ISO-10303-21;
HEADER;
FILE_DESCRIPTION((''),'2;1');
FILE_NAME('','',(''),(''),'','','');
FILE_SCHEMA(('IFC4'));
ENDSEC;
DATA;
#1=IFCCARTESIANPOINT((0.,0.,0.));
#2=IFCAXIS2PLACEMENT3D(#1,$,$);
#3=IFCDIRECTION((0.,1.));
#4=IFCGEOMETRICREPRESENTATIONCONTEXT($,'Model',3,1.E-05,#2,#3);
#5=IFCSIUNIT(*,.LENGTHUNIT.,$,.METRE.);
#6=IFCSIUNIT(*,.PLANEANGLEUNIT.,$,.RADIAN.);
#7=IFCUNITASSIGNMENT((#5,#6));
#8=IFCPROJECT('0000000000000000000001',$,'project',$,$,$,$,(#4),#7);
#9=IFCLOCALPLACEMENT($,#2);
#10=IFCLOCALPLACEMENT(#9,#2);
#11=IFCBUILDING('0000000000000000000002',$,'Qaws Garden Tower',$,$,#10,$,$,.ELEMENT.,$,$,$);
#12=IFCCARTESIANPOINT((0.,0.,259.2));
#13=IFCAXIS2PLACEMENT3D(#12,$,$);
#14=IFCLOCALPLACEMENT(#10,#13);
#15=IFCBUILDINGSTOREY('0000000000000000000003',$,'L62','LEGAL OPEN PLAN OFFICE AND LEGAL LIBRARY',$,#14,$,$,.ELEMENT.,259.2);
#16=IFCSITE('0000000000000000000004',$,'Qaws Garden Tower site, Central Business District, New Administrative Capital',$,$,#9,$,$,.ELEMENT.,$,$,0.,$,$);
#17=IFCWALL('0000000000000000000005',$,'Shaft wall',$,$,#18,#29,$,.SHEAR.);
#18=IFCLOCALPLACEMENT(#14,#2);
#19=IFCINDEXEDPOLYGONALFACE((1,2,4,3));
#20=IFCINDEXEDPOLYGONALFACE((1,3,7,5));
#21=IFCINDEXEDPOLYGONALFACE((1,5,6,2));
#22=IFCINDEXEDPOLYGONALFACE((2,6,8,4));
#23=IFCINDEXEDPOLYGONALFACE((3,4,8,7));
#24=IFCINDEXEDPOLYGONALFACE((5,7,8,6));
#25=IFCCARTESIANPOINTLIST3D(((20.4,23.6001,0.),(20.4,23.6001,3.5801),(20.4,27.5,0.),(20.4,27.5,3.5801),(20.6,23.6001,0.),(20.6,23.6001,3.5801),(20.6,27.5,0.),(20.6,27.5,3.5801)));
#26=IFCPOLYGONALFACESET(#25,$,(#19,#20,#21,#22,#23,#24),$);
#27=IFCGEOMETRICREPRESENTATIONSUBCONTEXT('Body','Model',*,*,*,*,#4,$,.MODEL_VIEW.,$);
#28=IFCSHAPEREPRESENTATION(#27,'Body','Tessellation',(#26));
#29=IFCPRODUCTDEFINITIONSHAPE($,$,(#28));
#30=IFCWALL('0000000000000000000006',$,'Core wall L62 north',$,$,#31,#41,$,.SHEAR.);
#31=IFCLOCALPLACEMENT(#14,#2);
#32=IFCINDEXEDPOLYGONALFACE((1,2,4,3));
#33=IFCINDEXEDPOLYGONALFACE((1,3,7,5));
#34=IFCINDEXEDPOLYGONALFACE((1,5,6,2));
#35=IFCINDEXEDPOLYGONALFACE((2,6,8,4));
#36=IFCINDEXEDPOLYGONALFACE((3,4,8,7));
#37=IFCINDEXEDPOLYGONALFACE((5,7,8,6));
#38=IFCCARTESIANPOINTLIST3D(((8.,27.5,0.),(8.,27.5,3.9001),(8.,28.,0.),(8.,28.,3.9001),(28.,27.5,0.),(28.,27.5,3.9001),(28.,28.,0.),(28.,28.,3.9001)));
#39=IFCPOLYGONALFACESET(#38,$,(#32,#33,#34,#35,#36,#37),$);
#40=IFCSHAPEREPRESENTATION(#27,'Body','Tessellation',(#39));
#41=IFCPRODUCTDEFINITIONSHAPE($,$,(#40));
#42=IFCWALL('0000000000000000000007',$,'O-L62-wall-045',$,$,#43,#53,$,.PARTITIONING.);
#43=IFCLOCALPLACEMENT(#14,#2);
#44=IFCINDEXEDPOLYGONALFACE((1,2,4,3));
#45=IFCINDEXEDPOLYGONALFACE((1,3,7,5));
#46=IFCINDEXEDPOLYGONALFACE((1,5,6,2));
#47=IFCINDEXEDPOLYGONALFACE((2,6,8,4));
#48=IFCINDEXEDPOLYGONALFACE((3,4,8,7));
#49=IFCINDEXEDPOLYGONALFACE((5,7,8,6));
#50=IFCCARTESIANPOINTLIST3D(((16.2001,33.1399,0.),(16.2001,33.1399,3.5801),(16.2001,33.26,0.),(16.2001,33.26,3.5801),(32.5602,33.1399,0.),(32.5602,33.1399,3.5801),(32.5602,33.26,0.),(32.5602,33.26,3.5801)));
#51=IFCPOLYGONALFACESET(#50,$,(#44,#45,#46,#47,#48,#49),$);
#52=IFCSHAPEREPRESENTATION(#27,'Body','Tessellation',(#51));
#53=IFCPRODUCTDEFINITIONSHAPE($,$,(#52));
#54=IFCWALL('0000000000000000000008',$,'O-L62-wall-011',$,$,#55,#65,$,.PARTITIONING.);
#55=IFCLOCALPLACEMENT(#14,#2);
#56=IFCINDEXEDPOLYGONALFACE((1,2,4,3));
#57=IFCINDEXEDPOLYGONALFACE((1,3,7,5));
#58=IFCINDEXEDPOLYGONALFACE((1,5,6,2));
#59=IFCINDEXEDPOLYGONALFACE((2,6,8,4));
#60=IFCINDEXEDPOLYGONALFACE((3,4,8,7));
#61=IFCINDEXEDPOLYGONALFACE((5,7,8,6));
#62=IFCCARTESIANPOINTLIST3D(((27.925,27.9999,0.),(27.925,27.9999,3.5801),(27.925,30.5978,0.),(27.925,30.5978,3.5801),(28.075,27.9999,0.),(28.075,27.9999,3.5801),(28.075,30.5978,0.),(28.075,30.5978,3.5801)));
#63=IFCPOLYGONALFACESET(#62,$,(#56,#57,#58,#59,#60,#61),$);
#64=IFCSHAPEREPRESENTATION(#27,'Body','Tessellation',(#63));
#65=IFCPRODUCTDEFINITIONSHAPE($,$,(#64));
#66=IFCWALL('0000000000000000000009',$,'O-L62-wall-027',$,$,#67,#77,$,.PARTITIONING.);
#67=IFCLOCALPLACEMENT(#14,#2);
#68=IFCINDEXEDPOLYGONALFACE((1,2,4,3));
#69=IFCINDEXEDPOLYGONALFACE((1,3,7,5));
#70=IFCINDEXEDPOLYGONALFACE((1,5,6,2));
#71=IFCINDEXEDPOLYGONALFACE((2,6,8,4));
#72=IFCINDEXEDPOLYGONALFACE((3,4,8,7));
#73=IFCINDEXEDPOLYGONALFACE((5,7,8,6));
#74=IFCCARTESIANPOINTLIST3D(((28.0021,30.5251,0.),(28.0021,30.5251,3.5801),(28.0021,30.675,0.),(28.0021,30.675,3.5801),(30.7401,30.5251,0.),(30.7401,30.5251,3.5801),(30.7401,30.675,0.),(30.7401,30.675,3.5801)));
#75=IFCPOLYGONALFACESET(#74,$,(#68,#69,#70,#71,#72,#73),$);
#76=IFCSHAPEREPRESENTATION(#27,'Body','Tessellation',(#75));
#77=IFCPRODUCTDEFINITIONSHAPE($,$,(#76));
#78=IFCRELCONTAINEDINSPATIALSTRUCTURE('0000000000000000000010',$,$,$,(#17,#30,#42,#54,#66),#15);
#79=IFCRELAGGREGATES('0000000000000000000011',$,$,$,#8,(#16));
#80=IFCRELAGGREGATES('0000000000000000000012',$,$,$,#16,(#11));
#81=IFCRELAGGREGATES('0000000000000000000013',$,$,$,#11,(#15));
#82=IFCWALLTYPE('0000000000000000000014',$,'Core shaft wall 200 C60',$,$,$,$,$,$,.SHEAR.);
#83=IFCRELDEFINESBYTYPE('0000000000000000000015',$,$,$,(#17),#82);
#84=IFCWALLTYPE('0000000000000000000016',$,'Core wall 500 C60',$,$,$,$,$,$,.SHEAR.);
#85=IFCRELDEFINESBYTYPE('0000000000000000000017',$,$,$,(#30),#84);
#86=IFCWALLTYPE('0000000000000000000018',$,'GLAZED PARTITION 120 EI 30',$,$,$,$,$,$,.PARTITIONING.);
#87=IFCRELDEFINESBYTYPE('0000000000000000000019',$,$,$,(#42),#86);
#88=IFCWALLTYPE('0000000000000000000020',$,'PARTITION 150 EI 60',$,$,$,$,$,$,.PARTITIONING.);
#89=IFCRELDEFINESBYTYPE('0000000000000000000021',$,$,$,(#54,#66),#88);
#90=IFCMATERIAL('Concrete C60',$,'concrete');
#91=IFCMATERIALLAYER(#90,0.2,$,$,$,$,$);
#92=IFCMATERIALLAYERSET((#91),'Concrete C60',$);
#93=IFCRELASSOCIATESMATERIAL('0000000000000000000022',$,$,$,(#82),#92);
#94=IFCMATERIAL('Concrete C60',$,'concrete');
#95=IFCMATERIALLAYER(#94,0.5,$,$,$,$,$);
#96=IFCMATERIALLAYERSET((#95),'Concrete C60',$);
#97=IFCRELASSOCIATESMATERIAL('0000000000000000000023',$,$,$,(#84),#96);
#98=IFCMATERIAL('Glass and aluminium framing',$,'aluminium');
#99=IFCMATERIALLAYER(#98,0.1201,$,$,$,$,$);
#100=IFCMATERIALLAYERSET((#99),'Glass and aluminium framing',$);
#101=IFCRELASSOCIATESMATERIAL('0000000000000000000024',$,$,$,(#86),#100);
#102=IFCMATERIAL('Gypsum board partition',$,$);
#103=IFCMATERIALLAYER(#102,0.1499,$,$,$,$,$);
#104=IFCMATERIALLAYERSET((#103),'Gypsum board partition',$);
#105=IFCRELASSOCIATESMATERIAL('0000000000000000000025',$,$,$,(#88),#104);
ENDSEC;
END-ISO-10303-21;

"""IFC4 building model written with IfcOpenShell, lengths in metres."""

from ifc_helpers import new_model, si_unit, direction, frame, frame_2d, origin, place, context, subcontext, project, spatial, rectangle, extrude, material, layer, layer_set, type_object, element, save


model = new_model("IFC4")

# Units and contexts
model_context = context("Model", 3, precision=1e-05, world=origin(), true_north=direction((0.0, 1.0)))
body_context = subcontext(model_context, "Body", "Model", "MODEL_VIEW")
ifc_project = project(units=[si_unit("LENGTHUNIT", "METRE"), si_unit("PLANEANGLEUNIT", "RADIAN")], contexts=[model_context])

# Site, building, storey
site_placement = place(None, origin())
site = spatial("IfcSite", under=ifc_project, at=site_placement, Name="Qaws Garden Tower site, Central Business District, New Administrative Capital", CompositionType="ELEMENT", RefElevation=0.0)
building_placement = place(site_placement, origin())
building = spatial("IfcBuilding", under=site, at=building_placement, Name="Qaws Garden Tower", CompositionType="ELEMENT")
storey_placement = place(building_placement, frame((0.0, 0.0, 259.2)))
storey = spatial("IfcBuildingStorey", under=building, at=storey_placement, Name="L62", Description="LEGAL OPEN PLAN OFFICE AND LEGAL LIBRARY", CompositionType="ELEMENT", Elevation=259.2)

# Shared definitions
ifc_material_1 = material(Name="Concrete C60", Category="concrete")
ifc_layer_1 = layer(ifc_material_1, 0.2)
ifc_layer_set_1 = layer_set([ifc_layer_1], Name="Concrete C60")
wall_type_1 = type_object("IfcWallType", Name="Core shaft wall 200 C60", PredefinedType="SHEAR", material=ifc_layer_set_1)

# Walls
wall_1_placement = place(storey_placement, frame((20.5, 23.6001, 0.0), z_axis=(0.0, 0.0, 1.0), x_axis=(0.0, 1.0, 0.0)))
element("IfcWall", 1, at=wall_1_placement, inside=storey, type_object=wall_type_1, Name="Shaft wall", PredefinedType="SHEAR", context=body_context, shape_type="SweptSolid", body=[
    extrude(rectangle(XDim=3.8999, YDim=0.2, at=frame_2d((1.95, 0.0))), origin(), (0.0, 0.0, 1.0), 3.5801),
])
ifc_material_2 = material(Name="Concrete C60", Category="concrete")
ifc_layer_2 = layer(ifc_material_2, 0.5)
ifc_layer_set_2 = layer_set([ifc_layer_2], Name="Concrete C60")
wall_type_2 = type_object("IfcWallType", Name="Core wall 500 C60", PredefinedType="SHEAR", material=ifc_layer_set_2)
wall_2_placement = place(storey_placement, frame((28.0, 27.75, 0.0), z_axis=(0.0, 0.0, 1.0), x_axis=(-1.0, 0.0, 0.0)))
element("IfcWall", 2, at=wall_2_placement, inside=storey, type_object=wall_type_2, Name="Core wall L62 north", PredefinedType="SHEAR", context=body_context, shape_type="SweptSolid", body=[
    extrude(rectangle(XDim=20.0, YDim=0.5, at=frame_2d((10.0, 0.0))), origin(), (0.0, 0.0, 1.0), 3.9001),
])
ifc_material_3 = material(Name="Glass and aluminium framing", Category="aluminium")
ifc_layer_3 = layer(ifc_material_3, 0.1201)
ifc_layer_set_3 = layer_set([ifc_layer_3], Name="Glass and aluminium framing")
wall_type_3 = type_object("IfcWallType", Name="GLAZED PARTITION 120 EI 30", PredefinedType="PARTITIONING", material=ifc_layer_set_3)
wall_3_placement = place(storey_placement, frame((16.2, 33.2, 0.0), z_axis=(0.0, 0.0, 1.0), x_axis=(1.0, 0.0, 0.0)))
element("IfcWall", 3, at=wall_3_placement, inside=storey, type_object=wall_type_3, Name="O-L62-wall-045", PredefinedType="PARTITIONING", context=body_context, shape_type="SweptSolid", body=[
    extrude(rectangle(XDim=16.3601, YDim=0.1201, at=frame_2d((8.1802, 0.0))), origin(), (0.0, 0.0, 1.0), 3.5801),
])
ifc_material_4 = material(Name="Gypsum board partition")
ifc_layer_4 = layer(ifc_material_4, 0.1499)
ifc_layer_set_4 = layer_set([ifc_layer_4], Name="Gypsum board partition")
wall_type_4 = type_object("IfcWallType", Name="PARTITION 150 EI 60", PredefinedType="PARTITIONING", material=ifc_layer_set_4)
wall_4_placement = place(storey_placement, frame((28.0, 28.0, 0.0), z_axis=(0.0, 0.0, 1.0), x_axis=(0.0, 1.0, 0.0)))
element("IfcWall", 4, at=wall_4_placement, inside=storey, type_object=wall_type_4, Name="O-L62-wall-011", PredefinedType="PARTITIONING", context=body_context, shape_type="SweptSolid", body=[
    extrude(rectangle(XDim=2.5979, YDim=0.1499, at=frame_2d((1.2988, 0.0))), origin(), (0.0, 0.0, 1.0), 3.5801),
])
wall_5_placement = place(storey_placement, frame((28.002, 30.6001, 0.0), z_axis=(0.0, 0.0, 1.0), x_axis=(1.0, 0.0, 0.0)))
element("IfcWall", 5, at=wall_5_placement, inside=storey, type_object=wall_type_4, Name="O-L62-wall-027", PredefinedType="PARTITIONING", context=body_context, shape_type="SweptSolid", body=[
    extrude(rectangle(XDim=2.738, YDim=0.1499, at=frame_2d((1.3691, 0.0))), origin(), (0.0, 0.0, 1.0), 3.5801),
])

save(model, "model.ifc")
